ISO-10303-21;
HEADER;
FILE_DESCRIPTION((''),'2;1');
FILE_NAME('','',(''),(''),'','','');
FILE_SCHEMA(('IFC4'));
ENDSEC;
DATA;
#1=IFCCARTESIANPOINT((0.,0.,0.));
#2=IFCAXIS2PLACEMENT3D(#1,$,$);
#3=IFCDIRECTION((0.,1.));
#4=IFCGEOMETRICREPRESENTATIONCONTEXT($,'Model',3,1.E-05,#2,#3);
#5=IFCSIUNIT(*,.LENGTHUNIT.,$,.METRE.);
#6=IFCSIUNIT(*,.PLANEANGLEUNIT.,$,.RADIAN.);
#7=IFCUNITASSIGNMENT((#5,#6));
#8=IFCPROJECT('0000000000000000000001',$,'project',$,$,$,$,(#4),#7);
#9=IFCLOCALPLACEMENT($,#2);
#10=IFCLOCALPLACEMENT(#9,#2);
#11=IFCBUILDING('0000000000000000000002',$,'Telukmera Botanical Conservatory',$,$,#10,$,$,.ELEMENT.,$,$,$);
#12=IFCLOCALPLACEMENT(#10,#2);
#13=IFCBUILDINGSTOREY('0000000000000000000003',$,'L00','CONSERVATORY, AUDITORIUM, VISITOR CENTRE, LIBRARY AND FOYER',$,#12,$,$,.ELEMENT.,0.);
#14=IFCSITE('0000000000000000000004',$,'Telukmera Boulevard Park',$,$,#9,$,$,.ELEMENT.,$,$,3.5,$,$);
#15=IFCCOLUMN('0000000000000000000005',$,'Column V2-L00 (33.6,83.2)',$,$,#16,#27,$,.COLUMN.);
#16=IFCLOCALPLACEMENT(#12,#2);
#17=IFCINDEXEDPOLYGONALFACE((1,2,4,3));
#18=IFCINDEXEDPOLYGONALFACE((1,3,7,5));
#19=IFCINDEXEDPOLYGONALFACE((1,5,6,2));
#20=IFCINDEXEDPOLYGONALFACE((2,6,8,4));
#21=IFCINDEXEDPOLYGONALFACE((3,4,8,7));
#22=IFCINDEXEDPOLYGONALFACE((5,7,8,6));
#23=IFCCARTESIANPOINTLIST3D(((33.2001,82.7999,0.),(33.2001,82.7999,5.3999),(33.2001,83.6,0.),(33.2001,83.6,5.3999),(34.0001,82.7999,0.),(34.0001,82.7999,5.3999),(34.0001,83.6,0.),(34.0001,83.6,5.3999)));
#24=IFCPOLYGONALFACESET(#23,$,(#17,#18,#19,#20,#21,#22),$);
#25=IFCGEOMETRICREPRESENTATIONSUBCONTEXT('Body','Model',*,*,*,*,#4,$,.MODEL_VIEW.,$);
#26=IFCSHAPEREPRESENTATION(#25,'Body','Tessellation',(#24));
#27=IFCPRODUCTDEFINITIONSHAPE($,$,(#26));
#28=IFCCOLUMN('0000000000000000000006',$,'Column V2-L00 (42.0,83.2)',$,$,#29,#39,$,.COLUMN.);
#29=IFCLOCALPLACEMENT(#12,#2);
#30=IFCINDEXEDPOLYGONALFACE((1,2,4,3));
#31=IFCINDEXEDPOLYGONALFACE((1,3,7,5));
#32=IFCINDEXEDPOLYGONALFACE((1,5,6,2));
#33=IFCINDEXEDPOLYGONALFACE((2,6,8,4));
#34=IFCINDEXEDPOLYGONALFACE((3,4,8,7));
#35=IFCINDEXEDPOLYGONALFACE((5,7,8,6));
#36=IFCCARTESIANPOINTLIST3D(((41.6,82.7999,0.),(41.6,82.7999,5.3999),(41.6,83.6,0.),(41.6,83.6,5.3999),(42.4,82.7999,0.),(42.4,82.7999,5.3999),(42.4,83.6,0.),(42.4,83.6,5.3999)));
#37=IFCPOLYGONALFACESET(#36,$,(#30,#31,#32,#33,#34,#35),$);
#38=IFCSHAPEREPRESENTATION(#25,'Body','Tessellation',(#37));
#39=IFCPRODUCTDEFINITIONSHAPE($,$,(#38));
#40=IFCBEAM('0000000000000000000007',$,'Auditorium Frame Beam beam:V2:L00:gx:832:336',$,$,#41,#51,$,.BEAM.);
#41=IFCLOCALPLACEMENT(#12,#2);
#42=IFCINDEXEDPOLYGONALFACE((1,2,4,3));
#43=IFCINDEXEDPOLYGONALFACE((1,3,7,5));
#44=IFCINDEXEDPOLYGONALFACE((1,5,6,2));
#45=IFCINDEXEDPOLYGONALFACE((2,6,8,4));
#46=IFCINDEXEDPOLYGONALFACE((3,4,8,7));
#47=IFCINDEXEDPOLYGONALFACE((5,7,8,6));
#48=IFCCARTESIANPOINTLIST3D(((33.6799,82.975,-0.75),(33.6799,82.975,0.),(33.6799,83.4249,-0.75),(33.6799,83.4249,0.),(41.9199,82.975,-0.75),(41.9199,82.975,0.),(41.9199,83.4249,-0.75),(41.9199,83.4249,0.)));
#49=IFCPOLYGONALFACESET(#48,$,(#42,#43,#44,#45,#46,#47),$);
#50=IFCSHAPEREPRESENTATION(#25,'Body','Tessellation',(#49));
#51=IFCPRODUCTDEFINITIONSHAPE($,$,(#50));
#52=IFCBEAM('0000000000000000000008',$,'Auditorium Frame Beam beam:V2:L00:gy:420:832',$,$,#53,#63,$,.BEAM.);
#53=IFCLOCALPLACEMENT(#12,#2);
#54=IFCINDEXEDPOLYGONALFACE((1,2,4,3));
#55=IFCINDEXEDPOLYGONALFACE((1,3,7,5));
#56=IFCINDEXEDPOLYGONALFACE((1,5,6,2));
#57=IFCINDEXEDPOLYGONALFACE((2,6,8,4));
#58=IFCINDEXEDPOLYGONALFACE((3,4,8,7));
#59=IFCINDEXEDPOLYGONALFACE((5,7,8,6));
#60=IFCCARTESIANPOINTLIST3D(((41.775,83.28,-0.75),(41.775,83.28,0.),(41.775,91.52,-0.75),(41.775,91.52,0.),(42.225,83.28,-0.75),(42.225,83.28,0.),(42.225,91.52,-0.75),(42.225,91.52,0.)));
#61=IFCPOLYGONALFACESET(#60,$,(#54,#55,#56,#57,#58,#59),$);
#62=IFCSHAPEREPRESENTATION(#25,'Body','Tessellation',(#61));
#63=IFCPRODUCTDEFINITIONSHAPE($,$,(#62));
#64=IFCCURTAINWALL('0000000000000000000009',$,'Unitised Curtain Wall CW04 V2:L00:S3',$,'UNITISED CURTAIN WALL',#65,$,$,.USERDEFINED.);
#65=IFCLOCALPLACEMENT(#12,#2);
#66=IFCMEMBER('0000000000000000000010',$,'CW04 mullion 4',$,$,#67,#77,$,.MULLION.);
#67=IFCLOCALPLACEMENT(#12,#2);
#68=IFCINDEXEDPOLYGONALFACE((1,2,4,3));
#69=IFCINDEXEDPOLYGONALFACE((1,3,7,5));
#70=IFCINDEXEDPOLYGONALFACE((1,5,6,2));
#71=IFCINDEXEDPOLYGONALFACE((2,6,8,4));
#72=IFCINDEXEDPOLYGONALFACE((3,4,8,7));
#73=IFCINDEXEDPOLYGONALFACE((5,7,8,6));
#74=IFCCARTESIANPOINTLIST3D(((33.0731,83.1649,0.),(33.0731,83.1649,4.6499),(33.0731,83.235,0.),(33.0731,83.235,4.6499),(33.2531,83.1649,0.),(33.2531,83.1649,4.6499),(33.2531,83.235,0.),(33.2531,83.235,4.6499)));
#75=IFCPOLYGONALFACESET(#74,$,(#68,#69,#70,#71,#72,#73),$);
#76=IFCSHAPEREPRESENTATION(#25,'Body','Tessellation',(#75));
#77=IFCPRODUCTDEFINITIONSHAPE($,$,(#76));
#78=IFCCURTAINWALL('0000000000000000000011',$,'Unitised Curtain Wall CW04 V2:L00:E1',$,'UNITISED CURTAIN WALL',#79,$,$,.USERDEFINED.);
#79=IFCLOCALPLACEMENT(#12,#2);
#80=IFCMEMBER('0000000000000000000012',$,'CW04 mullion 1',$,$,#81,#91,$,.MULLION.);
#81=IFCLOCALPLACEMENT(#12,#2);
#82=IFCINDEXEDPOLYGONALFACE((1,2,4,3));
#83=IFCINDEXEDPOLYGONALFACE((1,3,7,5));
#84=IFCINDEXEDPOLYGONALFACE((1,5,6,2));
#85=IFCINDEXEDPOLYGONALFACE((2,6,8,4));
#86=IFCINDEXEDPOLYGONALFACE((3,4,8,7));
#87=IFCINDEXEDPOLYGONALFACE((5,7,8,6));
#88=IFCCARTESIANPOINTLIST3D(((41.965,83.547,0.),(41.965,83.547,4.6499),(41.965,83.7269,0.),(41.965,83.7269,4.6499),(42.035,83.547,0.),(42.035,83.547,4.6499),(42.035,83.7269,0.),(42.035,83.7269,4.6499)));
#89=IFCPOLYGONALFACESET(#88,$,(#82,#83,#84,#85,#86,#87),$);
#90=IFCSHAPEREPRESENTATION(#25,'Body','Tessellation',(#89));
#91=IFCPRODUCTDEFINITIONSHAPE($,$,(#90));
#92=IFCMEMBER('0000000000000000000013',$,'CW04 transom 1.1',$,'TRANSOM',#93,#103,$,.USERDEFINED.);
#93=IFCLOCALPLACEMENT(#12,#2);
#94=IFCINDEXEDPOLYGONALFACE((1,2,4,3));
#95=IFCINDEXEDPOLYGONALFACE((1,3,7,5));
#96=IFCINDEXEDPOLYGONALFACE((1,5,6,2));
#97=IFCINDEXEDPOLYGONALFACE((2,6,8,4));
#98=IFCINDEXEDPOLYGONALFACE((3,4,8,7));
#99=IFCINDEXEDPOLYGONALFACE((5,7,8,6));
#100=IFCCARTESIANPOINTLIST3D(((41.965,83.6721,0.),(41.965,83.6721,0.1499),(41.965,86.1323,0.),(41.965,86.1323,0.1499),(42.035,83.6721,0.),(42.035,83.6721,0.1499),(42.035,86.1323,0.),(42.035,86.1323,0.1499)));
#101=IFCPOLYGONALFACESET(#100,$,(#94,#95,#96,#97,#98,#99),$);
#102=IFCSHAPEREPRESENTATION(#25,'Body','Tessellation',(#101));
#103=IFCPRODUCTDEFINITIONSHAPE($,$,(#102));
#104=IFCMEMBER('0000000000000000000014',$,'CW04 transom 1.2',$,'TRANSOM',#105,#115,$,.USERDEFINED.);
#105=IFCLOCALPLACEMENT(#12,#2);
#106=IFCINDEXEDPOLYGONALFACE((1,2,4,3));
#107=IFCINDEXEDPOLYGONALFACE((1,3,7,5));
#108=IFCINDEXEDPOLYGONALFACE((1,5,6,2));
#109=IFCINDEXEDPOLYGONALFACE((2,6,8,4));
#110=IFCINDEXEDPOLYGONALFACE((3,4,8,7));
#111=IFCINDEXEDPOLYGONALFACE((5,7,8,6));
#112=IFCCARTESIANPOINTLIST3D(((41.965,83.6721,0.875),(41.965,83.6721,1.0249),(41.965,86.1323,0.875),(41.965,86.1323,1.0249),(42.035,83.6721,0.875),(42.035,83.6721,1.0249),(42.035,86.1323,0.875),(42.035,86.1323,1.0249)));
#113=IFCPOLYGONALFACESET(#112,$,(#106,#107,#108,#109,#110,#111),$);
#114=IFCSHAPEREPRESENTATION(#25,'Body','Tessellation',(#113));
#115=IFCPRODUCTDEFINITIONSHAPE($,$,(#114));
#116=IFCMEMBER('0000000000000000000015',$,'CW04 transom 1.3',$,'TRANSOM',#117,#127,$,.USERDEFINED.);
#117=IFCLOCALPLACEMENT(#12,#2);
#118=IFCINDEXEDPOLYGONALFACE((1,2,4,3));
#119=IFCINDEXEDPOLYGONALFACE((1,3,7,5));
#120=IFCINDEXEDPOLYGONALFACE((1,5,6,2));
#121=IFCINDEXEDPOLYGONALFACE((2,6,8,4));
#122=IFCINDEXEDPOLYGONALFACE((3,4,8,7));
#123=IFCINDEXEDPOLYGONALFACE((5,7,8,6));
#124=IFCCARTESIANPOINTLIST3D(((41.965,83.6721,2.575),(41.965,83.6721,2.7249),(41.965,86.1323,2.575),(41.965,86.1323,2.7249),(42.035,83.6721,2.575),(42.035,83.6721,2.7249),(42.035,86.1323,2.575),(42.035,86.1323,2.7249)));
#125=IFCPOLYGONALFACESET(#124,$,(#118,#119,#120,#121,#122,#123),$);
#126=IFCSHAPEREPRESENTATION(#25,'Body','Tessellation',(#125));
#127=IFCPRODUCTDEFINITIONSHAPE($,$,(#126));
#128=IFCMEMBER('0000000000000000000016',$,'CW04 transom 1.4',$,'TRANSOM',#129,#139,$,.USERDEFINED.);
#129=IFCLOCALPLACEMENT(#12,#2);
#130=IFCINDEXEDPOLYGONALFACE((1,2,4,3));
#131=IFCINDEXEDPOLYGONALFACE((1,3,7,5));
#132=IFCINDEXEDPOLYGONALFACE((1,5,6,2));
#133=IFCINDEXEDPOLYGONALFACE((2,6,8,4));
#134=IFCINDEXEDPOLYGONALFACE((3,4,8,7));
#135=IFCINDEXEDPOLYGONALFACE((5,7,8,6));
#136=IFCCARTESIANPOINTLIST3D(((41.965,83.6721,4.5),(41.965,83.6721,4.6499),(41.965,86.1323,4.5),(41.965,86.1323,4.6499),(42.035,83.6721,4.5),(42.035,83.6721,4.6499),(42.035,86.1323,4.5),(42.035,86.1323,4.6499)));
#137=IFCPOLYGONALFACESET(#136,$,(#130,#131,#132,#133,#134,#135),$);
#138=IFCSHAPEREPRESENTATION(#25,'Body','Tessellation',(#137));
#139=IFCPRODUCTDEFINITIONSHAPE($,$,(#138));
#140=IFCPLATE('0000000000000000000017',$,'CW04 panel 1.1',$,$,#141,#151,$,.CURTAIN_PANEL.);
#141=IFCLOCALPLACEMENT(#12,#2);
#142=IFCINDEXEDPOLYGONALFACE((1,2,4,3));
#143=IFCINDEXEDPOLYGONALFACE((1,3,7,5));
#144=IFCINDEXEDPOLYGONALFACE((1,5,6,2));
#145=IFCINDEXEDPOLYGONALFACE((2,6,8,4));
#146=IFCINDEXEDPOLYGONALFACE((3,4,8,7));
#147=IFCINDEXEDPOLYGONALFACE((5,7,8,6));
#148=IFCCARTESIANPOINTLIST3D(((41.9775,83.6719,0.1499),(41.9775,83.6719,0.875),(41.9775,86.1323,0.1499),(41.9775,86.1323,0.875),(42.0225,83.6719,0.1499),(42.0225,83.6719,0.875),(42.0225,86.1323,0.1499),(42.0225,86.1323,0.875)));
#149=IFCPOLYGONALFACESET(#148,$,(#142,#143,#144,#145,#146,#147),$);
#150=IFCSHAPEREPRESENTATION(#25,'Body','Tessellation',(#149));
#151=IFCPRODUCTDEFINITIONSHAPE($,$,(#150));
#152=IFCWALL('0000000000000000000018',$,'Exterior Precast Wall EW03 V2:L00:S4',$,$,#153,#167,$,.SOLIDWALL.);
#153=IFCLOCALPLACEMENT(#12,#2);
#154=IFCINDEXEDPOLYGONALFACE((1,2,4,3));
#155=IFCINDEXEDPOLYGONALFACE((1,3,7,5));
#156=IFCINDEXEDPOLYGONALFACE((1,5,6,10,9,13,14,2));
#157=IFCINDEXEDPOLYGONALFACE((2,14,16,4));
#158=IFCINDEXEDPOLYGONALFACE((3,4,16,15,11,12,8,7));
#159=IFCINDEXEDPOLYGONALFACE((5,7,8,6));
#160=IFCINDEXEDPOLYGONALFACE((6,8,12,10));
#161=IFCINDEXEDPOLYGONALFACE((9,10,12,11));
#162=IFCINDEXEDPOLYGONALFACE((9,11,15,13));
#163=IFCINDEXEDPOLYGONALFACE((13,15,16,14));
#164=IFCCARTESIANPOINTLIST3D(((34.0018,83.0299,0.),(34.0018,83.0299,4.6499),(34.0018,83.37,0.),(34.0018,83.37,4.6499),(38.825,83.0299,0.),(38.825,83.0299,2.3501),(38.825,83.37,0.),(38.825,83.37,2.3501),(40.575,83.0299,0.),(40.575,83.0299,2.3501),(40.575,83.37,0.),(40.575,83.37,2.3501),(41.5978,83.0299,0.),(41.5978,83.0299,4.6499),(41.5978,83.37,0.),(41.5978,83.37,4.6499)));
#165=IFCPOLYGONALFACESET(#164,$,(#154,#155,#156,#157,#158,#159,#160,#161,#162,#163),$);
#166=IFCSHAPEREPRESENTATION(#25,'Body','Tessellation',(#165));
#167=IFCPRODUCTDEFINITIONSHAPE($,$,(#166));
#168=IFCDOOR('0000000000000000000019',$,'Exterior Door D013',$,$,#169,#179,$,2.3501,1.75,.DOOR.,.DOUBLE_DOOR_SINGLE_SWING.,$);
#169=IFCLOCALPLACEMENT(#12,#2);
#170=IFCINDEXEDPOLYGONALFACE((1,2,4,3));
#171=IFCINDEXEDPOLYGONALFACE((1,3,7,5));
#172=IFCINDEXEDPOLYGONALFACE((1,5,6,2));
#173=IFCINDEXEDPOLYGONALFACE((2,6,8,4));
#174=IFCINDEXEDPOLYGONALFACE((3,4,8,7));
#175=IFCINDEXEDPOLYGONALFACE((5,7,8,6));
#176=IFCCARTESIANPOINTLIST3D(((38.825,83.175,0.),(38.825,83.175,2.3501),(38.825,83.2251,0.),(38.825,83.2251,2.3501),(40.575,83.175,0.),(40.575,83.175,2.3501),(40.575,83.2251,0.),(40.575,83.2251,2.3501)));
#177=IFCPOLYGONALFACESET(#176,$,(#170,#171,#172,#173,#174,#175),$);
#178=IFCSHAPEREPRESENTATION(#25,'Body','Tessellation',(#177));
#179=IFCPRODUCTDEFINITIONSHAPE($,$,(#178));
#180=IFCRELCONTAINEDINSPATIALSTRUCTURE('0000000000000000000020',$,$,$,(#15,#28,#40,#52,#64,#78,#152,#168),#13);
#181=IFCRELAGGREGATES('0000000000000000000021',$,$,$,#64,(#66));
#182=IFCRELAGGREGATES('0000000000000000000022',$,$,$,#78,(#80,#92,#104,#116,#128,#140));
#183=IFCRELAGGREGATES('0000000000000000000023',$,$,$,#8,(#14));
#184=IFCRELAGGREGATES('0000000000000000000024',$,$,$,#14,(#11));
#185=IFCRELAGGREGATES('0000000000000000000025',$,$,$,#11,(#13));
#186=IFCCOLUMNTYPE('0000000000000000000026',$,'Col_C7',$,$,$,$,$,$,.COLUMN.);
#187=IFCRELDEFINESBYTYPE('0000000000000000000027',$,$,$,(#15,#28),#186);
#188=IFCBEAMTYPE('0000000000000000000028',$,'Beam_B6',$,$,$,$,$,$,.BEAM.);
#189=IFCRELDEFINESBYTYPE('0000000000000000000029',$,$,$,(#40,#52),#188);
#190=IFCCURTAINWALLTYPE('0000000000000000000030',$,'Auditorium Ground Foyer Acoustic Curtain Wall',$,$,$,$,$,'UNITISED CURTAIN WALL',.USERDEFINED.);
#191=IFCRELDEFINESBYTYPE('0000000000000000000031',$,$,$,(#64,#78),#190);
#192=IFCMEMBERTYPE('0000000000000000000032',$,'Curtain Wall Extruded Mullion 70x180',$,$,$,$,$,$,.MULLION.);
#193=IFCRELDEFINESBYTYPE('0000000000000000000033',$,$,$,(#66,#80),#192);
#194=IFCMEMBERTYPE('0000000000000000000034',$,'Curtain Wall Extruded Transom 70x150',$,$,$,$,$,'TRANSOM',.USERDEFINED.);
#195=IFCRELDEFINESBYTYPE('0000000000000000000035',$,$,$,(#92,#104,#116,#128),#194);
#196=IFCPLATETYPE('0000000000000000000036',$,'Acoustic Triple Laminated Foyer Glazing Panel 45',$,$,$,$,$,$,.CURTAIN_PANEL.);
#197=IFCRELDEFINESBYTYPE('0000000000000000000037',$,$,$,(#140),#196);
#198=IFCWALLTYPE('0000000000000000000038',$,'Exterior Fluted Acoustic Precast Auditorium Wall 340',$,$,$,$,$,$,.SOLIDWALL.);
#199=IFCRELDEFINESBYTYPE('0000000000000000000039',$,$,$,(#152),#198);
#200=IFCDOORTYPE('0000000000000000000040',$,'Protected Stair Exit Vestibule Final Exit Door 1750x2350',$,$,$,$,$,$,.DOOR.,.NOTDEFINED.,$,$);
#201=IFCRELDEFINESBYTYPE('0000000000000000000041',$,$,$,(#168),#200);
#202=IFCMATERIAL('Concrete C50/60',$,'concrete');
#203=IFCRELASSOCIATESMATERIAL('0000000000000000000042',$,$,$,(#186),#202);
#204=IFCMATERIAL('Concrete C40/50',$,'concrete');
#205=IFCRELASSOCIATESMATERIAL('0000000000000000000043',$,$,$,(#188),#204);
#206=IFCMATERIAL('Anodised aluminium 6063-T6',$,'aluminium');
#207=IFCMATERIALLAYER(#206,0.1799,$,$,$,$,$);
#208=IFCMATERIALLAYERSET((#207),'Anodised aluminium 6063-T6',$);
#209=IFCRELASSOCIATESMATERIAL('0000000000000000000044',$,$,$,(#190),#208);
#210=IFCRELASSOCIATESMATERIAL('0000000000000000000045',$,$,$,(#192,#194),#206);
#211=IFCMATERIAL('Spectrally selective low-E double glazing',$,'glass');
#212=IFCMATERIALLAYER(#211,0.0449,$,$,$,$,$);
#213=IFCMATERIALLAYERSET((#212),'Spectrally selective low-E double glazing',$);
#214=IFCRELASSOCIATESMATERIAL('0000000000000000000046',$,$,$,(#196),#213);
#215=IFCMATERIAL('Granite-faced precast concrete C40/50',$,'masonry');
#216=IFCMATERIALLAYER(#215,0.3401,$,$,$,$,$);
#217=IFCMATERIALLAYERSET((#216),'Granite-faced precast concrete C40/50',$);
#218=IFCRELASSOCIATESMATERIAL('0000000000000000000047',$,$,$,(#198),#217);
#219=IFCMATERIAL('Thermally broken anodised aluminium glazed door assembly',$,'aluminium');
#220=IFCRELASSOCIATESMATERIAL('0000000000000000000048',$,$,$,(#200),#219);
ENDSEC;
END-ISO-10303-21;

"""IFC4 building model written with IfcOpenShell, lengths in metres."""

from ifc_helpers import new_model, si_unit, direction, frame, frame_2d, origin, origin_2d, place, context, subcontext, project, spatial, rectangle, extrude, material, layer, layer_set, material_profile, profile_set, type_object, element, fill, aggregate, save


model = new_model("IFC4")

# Units and contexts
model_context = context("Model", 3, precision=1e-05, world=origin(), true_north=direction((0.0, 1.0)))
body_context = subcontext(model_context, "Body", "Model", "MODEL_VIEW")
ifc_project = project(units=[si_unit("LENGTHUNIT", "METRE"), si_unit("PLANEANGLEUNIT", "RADIAN")], contexts=[model_context])

# Site, building, storey
site_placement = place(None, origin())
site = spatial("IfcSite", under=ifc_project, at=site_placement, Name="Telukmera Boulevard Park", CompositionType="ELEMENT", RefElevation=3.5)
building_placement = place(site_placement, origin())
building = spatial("IfcBuilding", under=site, at=building_placement, Name="Telukmera Botanical Conservatory", CompositionType="ELEMENT")
storey_placement = place(building_placement, origin())
storey = spatial("IfcBuildingStorey", under=building, at=storey_placement, Name="L00", Description="CONSERVATORY, AUDITORIUM, VISITOR CENTRE, LIBRARY AND FOYER", CompositionType="ELEMENT", Elevation=0.0)

# Columns
ifc_material_1 = material(Name="Concrete C50/60", Category="concrete")
ifc_material_profile_1 = material_profile(ifc_material_1, rectangle(XDim=0.8, YDim=0.8, at=origin_2d()), Name="RC 800x800")
ifc_profile_set_1 = profile_set([ifc_material_profile_1], Name="Concrete C50/60")
column_type = type_object("IfcColumnType", Name="Col_C7", PredefinedType="COLUMN", material=ifc_profile_set_1)
for number, where, z_axis, x_axis, name in (
    (1, (33.6001, 83.2, 0.0), (0.0, 0.0, 1.0), (1.0, 0.0, 0.0), "Column V2-L00 (33.6,83.2)"),
    (2, (42.0, 83.2, 0.0), (0.0, 0.0, 1.0), (1.0, 0.0, 0.0), "Column V2-L00 (42.0,83.2)"),
):
    element("IfcColumn", number, at=place(storey_placement, frame(where, z_axis=z_axis, x_axis=x_axis)), inside=storey, type_object=column_type, Name=name, PredefinedType="COLUMN", context=body_context, shape_type="SweptSolid", body=[
        extrude(rectangle(XDim=0.8, YDim=0.8, at=origin_2d()), origin(), (0.0, 0.0, 1.0), 5.3999),
    ])

# Beams
ifc_material_2 = material(Name="Concrete C40/50", Category="concrete")
ifc_material_profile_2 = material_profile(ifc_material_2, rectangle(XDim=0.45, YDim=0.75, at=origin_2d()), Name="RC 450x750")
ifc_profile_set_2 = profile_set([ifc_material_profile_2], Name="Concrete C40/50")
beam_type = type_object("IfcBeamType", Name="Beam_B6", PredefinedType="BEAM", material=ifc_profile_set_2)
for number, where, z_axis, x_axis, name in (
    (3, (33.6799, 83.2, -0.375), (1.0, 0.0, 0.0), (0.0, 1.0, 0.0), "Auditorium Frame Beam beam:V2:L00:gx:832:336"),
    (4, (42.0, 83.28, -0.375), (0.0, 1.0, 0.0), (-1.0, 0.0, 0.0), "Auditorium Frame Beam beam:V2:L00:gy:420:832"),
):
    element("IfcBeam", number, at=place(storey_placement, frame(where, z_axis=z_axis, x_axis=x_axis)), inside=storey, type_object=beam_type, Name=name, PredefinedType="BEAM", context=body_context, shape_type="SweptSolid", body=[
        extrude(rectangle(XDim=0.45, YDim=0.75, at=origin_2d()), origin(), (0.0, 0.0, 1.0), 8.24),
    ])

# Curtain wall, member
ifc_material_3 = material(Name="Anodised aluminium 6063-T6", Category="aluminium")
ifc_layer_1 = layer(ifc_material_3, 0.1799)
ifc_layer_set_1 = layer_set([ifc_layer_1], Name="Anodised aluminium 6063-T6")
curtain_wall_type = type_object("IfcCurtainWallType", Name="Auditorium Ground Foyer Acoustic Curtain Wall", ElementType="UNITISED CURTAIN WALL", PredefinedType="USERDEFINED", material=ifc_layer_set_1)
curtain_wall_1_placement = place(storey_placement, origin())
curtain_wall_1 = element("IfcCurtainWall", 5, at=curtain_wall_1_placement, inside=storey, type_object=curtain_wall_type, Name="Unitised Curtain Wall CW04 V2:L00:S3", ObjectType="UNITISED CURTAIN WALL", PredefinedType="USERDEFINED")
ifc_material_profile_3 = material_profile(ifc_material_3, rectangle(XDim=0.0701, YDim=0.1799, at=origin_2d()), Name="ALU MULL 70x180")
ifc_profile_set_3 = profile_set([ifc_material_profile_3], Name="Anodised aluminium 6063-T6")
member_type_1 = type_object("IfcMemberType", Name="Curtain Wall Extruded Mullion 70x180", PredefinedType="MULLION", material=ifc_profile_set_3)
member_1_placement = place(storey_placement, frame((33.1631, 83.2, 0.0), z_axis=(0.0, 0.0, 1.0), x_axis=(0.0, 1.0, 0.0)))
member_1 = element("IfcMember", 6, at=member_1_placement, type_object=member_type_1, Name="CW04 mullion 4", PredefinedType="MULLION", context=body_context, shape_type="SweptSolid", body=[
    extrude(rectangle(XDim=0.0701, YDim=0.1799, at=origin_2d()), origin(), (0.0, 0.0, 1.0), 4.6499),
])
aggregate(curtain_wall_1, [member_1])

# Curtain wall, members, plate
curtain_wall_2_placement = place(storey_placement, origin())
curtain_wall_2 = element("IfcCurtainWall", 7, at=curtain_wall_2_placement, inside=storey, type_object=curtain_wall_type, Name="Unitised Curtain Wall CW04 V2:L00:E1", ObjectType="UNITISED CURTAIN WALL", PredefinedType="USERDEFINED")
member_2_placement = place(storey_placement, frame((42.0, 83.637, 0.0), z_axis=(0.0, 0.0, 1.0), x_axis=(-1.0, 0.0, 0.0)))
member_2 = element("IfcMember", 8, at=member_2_placement, type_object=member_type_1, Name="CW04 mullion 1", PredefinedType="MULLION", context=body_context, shape_type="SweptSolid", body=[
    extrude(rectangle(XDim=0.0701, YDim=0.1799, at=origin_2d()), origin(), (0.0, 0.0, 1.0), 4.6499),
])
ifc_material_profile_4 = material_profile(ifc_material_3, rectangle(XDim=0.0701, YDim=0.1499, at=origin_2d()), Name="ALU TRAN 70x150")
ifc_profile_set_4 = profile_set([ifc_material_profile_4], Name="Anodised aluminium 6063-T6")
member_type_2 = type_object("IfcMemberType", Name="Curtain Wall Extruded Transom 70x150", ElementType="TRANSOM", PredefinedType="USERDEFINED", material=ifc_profile_set_4)
member_3_placement = place(storey_placement, frame((42.0, 83.6721, 0.075), z_axis=(0.0, 1.0, 0.0), x_axis=(-1.0, 0.0, 0.0)))
member_3 = element("IfcMember", 9, at=member_3_placement, type_object=member_type_2, Name="CW04 transom 1.1", ObjectType="TRANSOM", PredefinedType="USERDEFINED", context=body_context, shape_type="SweptSolid", body=[
    extrude(rectangle(XDim=0.0701, YDim=0.1499, at=origin_2d()), origin(), (0.0, 0.0, 1.0), 2.4602),
])
member_4_placement = place(storey_placement, frame((42.0, 83.6721, 0.95), z_axis=(0.0, 1.0, 0.0), x_axis=(-1.0, 0.0, 0.0)))
member_4 = element("IfcMember", 10, at=member_4_placement, type_object=member_type_2, Name="CW04 transom 1.2", ObjectType="TRANSOM", PredefinedType="USERDEFINED", context=body_context, shape_type="SweptSolid", body=[
    extrude(rectangle(XDim=0.0701, YDim=0.1499, at=origin_2d()), origin(), (0.0, 0.0, 1.0), 2.4602),
])
member_5_placement = place(storey_placement, frame((42.0, 83.6721, 2.6499), z_axis=(0.0, 1.0, 0.0), x_axis=(-1.0, 0.0, 0.0)))
member_5 = element("IfcMember", 11, at=member_5_placement, type_object=member_type_2, Name="CW04 transom 1.3", ObjectType="TRANSOM", PredefinedType="USERDEFINED", context=body_context, shape_type="SweptSolid", body=[
    extrude(rectangle(XDim=0.0701, YDim=0.1499, at=origin_2d()), origin(), (0.0, 0.0, 1.0), 2.4602),
])
member_6_placement = place(storey_placement, frame((42.0, 83.6721, 4.575), z_axis=(0.0, 1.0, 0.0), x_axis=(-1.0, 0.0, 0.0)))
member_6 = element("IfcMember", 12, at=member_6_placement, type_object=member_type_2, Name="CW04 transom 1.4", ObjectType="TRANSOM", PredefinedType="USERDEFINED", context=body_context, shape_type="SweptSolid", body=[
    extrude(rectangle(XDim=0.0701, YDim=0.1499, at=origin_2d()), origin(), (0.0, 0.0, 1.0), 2.4602),
])
ifc_material_4 = material(Name="Spectrally selective low-E double glazing", Category="glass")
ifc_layer_2 = layer(ifc_material_4, 0.0449)
ifc_layer_set_2 = layer_set([ifc_layer_2], Name="Spectrally selective low-E double glazing")
plate_type = type_object("IfcPlateType", Name="Acoustic Triple Laminated Foyer Glazing Panel 45", PredefinedType="CURTAIN_PANEL", material=ifc_layer_set_2)
plate_placement = place(storey_placement, frame((42.0, 84.9021, 0.1499), z_axis=(0.0, 0.0, 1.0), x_axis=(0.0, 1.0, 0.0)))
plate = element("IfcPlate", 13, at=plate_placement, type_object=plate_type, Name="CW04 panel 1.1", PredefinedType="CURTAIN_PANEL", context=body_context, shape_type="SweptSolid", body=[
    extrude(rectangle(XDim=2.4604, YDim=0.0449, at=origin_2d()), origin(), (0.0, 0.0, 1.0), 0.7251),
])
aggregate(curtain_wall_2, [member_2, member_3, member_4, member_5, member_6, plate])

# Wall, opening, door
ifc_material_5 = material(Name="Granite-faced precast concrete C40/50", Category="masonry")
ifc_layer_3 = layer(ifc_material_5, 0.3401)
ifc_layer_set_3 = layer_set([ifc_layer_3], Name="Granite-faced precast concrete C40/50")
wall_type_1 = type_object("IfcWallType", Name="Exterior Fluted Acoustic Precast Auditorium Wall 340", PredefinedType="SOLIDWALL", material=ifc_layer_set_3)
wall_1_placement = place(storey_placement, frame((34.002, 83.2, 0.0), z_axis=(0.0, 0.0, 1.0), x_axis=(1.0, 0.0, 0.0)))
wall_1 = element("IfcWall", 14, at=wall_1_placement, inside=storey, type_object=wall_type_1, Name="Exterior Precast Wall EW03 V2:L00:S4", PredefinedType="SOLIDWALL", context=body_context, shape_type="SweptSolid", body=[
    extrude(rectangle(XDim=7.5959, YDim=0.3401, at=frame_2d((3.7979, 0.0))), origin(), (0.0, 0.0, 1.0), 4.6499),
])
opening_1_placement = place(wall_1_placement, frame((4.823, 0.0, 0.0)))
opening_1 = element("IfcOpeningElement", 15, at=opening_1_placement, cuts=wall_1, PredefinedType="OPENING", context=body_context, shape_type="SweptSolid", body=[
    extrude(rectangle(XDim=1.75, YDim=2.3501, at=frame_2d((0.875, 1.175))), frame((0.0, 0.1799, 0.0), z_axis=(0.0, -1.0, 0.0), x_axis=(1.0, 0.0, 0.0)), (0.0, 0.0, 1.0), 0.3601),
])
ifc_material_6 = material(Name="Thermally broken anodised aluminium glazed door assembly", Category="aluminium")
door_type_1 = type_object("IfcDoorType", Name="Protected Stair Exit Vestibule Final Exit Door 1750x2350", OperationType="NOTDEFINED", PredefinedType="DOOR", material=ifc_material_6)
door_1_placement = place(opening_1_placement, frame((1.75, 0.0, 0.0), z_axis=(0.0, 0.0, 1.0), x_axis=(-1.0, 0.0, 0.0)))
door_1 = element("IfcDoor", 16, at=door_1_placement, inside=storey, type_object=door_type_1, Name="Exterior Door D013", OperationType="DOUBLE_DOOR_SINGLE_SWING", OverallHeight=2.3501, OverallWidth=1.75, PredefinedType="DOOR", context=body_context, shape_type="SweptSolid", body=[
    extrude(rectangle(XDim=1.75, YDim=2.3501, at=frame_2d((0.875, 1.175))), frame((0.0, 0.0249, 0.0), z_axis=(0.0, -1.0, 0.0), x_axis=(1.0, 0.0, 0.0)), (0.0, 0.0, 1.0), 0.05),
])
fill(opening_1, door_1)

save(model, "model.ifc")
